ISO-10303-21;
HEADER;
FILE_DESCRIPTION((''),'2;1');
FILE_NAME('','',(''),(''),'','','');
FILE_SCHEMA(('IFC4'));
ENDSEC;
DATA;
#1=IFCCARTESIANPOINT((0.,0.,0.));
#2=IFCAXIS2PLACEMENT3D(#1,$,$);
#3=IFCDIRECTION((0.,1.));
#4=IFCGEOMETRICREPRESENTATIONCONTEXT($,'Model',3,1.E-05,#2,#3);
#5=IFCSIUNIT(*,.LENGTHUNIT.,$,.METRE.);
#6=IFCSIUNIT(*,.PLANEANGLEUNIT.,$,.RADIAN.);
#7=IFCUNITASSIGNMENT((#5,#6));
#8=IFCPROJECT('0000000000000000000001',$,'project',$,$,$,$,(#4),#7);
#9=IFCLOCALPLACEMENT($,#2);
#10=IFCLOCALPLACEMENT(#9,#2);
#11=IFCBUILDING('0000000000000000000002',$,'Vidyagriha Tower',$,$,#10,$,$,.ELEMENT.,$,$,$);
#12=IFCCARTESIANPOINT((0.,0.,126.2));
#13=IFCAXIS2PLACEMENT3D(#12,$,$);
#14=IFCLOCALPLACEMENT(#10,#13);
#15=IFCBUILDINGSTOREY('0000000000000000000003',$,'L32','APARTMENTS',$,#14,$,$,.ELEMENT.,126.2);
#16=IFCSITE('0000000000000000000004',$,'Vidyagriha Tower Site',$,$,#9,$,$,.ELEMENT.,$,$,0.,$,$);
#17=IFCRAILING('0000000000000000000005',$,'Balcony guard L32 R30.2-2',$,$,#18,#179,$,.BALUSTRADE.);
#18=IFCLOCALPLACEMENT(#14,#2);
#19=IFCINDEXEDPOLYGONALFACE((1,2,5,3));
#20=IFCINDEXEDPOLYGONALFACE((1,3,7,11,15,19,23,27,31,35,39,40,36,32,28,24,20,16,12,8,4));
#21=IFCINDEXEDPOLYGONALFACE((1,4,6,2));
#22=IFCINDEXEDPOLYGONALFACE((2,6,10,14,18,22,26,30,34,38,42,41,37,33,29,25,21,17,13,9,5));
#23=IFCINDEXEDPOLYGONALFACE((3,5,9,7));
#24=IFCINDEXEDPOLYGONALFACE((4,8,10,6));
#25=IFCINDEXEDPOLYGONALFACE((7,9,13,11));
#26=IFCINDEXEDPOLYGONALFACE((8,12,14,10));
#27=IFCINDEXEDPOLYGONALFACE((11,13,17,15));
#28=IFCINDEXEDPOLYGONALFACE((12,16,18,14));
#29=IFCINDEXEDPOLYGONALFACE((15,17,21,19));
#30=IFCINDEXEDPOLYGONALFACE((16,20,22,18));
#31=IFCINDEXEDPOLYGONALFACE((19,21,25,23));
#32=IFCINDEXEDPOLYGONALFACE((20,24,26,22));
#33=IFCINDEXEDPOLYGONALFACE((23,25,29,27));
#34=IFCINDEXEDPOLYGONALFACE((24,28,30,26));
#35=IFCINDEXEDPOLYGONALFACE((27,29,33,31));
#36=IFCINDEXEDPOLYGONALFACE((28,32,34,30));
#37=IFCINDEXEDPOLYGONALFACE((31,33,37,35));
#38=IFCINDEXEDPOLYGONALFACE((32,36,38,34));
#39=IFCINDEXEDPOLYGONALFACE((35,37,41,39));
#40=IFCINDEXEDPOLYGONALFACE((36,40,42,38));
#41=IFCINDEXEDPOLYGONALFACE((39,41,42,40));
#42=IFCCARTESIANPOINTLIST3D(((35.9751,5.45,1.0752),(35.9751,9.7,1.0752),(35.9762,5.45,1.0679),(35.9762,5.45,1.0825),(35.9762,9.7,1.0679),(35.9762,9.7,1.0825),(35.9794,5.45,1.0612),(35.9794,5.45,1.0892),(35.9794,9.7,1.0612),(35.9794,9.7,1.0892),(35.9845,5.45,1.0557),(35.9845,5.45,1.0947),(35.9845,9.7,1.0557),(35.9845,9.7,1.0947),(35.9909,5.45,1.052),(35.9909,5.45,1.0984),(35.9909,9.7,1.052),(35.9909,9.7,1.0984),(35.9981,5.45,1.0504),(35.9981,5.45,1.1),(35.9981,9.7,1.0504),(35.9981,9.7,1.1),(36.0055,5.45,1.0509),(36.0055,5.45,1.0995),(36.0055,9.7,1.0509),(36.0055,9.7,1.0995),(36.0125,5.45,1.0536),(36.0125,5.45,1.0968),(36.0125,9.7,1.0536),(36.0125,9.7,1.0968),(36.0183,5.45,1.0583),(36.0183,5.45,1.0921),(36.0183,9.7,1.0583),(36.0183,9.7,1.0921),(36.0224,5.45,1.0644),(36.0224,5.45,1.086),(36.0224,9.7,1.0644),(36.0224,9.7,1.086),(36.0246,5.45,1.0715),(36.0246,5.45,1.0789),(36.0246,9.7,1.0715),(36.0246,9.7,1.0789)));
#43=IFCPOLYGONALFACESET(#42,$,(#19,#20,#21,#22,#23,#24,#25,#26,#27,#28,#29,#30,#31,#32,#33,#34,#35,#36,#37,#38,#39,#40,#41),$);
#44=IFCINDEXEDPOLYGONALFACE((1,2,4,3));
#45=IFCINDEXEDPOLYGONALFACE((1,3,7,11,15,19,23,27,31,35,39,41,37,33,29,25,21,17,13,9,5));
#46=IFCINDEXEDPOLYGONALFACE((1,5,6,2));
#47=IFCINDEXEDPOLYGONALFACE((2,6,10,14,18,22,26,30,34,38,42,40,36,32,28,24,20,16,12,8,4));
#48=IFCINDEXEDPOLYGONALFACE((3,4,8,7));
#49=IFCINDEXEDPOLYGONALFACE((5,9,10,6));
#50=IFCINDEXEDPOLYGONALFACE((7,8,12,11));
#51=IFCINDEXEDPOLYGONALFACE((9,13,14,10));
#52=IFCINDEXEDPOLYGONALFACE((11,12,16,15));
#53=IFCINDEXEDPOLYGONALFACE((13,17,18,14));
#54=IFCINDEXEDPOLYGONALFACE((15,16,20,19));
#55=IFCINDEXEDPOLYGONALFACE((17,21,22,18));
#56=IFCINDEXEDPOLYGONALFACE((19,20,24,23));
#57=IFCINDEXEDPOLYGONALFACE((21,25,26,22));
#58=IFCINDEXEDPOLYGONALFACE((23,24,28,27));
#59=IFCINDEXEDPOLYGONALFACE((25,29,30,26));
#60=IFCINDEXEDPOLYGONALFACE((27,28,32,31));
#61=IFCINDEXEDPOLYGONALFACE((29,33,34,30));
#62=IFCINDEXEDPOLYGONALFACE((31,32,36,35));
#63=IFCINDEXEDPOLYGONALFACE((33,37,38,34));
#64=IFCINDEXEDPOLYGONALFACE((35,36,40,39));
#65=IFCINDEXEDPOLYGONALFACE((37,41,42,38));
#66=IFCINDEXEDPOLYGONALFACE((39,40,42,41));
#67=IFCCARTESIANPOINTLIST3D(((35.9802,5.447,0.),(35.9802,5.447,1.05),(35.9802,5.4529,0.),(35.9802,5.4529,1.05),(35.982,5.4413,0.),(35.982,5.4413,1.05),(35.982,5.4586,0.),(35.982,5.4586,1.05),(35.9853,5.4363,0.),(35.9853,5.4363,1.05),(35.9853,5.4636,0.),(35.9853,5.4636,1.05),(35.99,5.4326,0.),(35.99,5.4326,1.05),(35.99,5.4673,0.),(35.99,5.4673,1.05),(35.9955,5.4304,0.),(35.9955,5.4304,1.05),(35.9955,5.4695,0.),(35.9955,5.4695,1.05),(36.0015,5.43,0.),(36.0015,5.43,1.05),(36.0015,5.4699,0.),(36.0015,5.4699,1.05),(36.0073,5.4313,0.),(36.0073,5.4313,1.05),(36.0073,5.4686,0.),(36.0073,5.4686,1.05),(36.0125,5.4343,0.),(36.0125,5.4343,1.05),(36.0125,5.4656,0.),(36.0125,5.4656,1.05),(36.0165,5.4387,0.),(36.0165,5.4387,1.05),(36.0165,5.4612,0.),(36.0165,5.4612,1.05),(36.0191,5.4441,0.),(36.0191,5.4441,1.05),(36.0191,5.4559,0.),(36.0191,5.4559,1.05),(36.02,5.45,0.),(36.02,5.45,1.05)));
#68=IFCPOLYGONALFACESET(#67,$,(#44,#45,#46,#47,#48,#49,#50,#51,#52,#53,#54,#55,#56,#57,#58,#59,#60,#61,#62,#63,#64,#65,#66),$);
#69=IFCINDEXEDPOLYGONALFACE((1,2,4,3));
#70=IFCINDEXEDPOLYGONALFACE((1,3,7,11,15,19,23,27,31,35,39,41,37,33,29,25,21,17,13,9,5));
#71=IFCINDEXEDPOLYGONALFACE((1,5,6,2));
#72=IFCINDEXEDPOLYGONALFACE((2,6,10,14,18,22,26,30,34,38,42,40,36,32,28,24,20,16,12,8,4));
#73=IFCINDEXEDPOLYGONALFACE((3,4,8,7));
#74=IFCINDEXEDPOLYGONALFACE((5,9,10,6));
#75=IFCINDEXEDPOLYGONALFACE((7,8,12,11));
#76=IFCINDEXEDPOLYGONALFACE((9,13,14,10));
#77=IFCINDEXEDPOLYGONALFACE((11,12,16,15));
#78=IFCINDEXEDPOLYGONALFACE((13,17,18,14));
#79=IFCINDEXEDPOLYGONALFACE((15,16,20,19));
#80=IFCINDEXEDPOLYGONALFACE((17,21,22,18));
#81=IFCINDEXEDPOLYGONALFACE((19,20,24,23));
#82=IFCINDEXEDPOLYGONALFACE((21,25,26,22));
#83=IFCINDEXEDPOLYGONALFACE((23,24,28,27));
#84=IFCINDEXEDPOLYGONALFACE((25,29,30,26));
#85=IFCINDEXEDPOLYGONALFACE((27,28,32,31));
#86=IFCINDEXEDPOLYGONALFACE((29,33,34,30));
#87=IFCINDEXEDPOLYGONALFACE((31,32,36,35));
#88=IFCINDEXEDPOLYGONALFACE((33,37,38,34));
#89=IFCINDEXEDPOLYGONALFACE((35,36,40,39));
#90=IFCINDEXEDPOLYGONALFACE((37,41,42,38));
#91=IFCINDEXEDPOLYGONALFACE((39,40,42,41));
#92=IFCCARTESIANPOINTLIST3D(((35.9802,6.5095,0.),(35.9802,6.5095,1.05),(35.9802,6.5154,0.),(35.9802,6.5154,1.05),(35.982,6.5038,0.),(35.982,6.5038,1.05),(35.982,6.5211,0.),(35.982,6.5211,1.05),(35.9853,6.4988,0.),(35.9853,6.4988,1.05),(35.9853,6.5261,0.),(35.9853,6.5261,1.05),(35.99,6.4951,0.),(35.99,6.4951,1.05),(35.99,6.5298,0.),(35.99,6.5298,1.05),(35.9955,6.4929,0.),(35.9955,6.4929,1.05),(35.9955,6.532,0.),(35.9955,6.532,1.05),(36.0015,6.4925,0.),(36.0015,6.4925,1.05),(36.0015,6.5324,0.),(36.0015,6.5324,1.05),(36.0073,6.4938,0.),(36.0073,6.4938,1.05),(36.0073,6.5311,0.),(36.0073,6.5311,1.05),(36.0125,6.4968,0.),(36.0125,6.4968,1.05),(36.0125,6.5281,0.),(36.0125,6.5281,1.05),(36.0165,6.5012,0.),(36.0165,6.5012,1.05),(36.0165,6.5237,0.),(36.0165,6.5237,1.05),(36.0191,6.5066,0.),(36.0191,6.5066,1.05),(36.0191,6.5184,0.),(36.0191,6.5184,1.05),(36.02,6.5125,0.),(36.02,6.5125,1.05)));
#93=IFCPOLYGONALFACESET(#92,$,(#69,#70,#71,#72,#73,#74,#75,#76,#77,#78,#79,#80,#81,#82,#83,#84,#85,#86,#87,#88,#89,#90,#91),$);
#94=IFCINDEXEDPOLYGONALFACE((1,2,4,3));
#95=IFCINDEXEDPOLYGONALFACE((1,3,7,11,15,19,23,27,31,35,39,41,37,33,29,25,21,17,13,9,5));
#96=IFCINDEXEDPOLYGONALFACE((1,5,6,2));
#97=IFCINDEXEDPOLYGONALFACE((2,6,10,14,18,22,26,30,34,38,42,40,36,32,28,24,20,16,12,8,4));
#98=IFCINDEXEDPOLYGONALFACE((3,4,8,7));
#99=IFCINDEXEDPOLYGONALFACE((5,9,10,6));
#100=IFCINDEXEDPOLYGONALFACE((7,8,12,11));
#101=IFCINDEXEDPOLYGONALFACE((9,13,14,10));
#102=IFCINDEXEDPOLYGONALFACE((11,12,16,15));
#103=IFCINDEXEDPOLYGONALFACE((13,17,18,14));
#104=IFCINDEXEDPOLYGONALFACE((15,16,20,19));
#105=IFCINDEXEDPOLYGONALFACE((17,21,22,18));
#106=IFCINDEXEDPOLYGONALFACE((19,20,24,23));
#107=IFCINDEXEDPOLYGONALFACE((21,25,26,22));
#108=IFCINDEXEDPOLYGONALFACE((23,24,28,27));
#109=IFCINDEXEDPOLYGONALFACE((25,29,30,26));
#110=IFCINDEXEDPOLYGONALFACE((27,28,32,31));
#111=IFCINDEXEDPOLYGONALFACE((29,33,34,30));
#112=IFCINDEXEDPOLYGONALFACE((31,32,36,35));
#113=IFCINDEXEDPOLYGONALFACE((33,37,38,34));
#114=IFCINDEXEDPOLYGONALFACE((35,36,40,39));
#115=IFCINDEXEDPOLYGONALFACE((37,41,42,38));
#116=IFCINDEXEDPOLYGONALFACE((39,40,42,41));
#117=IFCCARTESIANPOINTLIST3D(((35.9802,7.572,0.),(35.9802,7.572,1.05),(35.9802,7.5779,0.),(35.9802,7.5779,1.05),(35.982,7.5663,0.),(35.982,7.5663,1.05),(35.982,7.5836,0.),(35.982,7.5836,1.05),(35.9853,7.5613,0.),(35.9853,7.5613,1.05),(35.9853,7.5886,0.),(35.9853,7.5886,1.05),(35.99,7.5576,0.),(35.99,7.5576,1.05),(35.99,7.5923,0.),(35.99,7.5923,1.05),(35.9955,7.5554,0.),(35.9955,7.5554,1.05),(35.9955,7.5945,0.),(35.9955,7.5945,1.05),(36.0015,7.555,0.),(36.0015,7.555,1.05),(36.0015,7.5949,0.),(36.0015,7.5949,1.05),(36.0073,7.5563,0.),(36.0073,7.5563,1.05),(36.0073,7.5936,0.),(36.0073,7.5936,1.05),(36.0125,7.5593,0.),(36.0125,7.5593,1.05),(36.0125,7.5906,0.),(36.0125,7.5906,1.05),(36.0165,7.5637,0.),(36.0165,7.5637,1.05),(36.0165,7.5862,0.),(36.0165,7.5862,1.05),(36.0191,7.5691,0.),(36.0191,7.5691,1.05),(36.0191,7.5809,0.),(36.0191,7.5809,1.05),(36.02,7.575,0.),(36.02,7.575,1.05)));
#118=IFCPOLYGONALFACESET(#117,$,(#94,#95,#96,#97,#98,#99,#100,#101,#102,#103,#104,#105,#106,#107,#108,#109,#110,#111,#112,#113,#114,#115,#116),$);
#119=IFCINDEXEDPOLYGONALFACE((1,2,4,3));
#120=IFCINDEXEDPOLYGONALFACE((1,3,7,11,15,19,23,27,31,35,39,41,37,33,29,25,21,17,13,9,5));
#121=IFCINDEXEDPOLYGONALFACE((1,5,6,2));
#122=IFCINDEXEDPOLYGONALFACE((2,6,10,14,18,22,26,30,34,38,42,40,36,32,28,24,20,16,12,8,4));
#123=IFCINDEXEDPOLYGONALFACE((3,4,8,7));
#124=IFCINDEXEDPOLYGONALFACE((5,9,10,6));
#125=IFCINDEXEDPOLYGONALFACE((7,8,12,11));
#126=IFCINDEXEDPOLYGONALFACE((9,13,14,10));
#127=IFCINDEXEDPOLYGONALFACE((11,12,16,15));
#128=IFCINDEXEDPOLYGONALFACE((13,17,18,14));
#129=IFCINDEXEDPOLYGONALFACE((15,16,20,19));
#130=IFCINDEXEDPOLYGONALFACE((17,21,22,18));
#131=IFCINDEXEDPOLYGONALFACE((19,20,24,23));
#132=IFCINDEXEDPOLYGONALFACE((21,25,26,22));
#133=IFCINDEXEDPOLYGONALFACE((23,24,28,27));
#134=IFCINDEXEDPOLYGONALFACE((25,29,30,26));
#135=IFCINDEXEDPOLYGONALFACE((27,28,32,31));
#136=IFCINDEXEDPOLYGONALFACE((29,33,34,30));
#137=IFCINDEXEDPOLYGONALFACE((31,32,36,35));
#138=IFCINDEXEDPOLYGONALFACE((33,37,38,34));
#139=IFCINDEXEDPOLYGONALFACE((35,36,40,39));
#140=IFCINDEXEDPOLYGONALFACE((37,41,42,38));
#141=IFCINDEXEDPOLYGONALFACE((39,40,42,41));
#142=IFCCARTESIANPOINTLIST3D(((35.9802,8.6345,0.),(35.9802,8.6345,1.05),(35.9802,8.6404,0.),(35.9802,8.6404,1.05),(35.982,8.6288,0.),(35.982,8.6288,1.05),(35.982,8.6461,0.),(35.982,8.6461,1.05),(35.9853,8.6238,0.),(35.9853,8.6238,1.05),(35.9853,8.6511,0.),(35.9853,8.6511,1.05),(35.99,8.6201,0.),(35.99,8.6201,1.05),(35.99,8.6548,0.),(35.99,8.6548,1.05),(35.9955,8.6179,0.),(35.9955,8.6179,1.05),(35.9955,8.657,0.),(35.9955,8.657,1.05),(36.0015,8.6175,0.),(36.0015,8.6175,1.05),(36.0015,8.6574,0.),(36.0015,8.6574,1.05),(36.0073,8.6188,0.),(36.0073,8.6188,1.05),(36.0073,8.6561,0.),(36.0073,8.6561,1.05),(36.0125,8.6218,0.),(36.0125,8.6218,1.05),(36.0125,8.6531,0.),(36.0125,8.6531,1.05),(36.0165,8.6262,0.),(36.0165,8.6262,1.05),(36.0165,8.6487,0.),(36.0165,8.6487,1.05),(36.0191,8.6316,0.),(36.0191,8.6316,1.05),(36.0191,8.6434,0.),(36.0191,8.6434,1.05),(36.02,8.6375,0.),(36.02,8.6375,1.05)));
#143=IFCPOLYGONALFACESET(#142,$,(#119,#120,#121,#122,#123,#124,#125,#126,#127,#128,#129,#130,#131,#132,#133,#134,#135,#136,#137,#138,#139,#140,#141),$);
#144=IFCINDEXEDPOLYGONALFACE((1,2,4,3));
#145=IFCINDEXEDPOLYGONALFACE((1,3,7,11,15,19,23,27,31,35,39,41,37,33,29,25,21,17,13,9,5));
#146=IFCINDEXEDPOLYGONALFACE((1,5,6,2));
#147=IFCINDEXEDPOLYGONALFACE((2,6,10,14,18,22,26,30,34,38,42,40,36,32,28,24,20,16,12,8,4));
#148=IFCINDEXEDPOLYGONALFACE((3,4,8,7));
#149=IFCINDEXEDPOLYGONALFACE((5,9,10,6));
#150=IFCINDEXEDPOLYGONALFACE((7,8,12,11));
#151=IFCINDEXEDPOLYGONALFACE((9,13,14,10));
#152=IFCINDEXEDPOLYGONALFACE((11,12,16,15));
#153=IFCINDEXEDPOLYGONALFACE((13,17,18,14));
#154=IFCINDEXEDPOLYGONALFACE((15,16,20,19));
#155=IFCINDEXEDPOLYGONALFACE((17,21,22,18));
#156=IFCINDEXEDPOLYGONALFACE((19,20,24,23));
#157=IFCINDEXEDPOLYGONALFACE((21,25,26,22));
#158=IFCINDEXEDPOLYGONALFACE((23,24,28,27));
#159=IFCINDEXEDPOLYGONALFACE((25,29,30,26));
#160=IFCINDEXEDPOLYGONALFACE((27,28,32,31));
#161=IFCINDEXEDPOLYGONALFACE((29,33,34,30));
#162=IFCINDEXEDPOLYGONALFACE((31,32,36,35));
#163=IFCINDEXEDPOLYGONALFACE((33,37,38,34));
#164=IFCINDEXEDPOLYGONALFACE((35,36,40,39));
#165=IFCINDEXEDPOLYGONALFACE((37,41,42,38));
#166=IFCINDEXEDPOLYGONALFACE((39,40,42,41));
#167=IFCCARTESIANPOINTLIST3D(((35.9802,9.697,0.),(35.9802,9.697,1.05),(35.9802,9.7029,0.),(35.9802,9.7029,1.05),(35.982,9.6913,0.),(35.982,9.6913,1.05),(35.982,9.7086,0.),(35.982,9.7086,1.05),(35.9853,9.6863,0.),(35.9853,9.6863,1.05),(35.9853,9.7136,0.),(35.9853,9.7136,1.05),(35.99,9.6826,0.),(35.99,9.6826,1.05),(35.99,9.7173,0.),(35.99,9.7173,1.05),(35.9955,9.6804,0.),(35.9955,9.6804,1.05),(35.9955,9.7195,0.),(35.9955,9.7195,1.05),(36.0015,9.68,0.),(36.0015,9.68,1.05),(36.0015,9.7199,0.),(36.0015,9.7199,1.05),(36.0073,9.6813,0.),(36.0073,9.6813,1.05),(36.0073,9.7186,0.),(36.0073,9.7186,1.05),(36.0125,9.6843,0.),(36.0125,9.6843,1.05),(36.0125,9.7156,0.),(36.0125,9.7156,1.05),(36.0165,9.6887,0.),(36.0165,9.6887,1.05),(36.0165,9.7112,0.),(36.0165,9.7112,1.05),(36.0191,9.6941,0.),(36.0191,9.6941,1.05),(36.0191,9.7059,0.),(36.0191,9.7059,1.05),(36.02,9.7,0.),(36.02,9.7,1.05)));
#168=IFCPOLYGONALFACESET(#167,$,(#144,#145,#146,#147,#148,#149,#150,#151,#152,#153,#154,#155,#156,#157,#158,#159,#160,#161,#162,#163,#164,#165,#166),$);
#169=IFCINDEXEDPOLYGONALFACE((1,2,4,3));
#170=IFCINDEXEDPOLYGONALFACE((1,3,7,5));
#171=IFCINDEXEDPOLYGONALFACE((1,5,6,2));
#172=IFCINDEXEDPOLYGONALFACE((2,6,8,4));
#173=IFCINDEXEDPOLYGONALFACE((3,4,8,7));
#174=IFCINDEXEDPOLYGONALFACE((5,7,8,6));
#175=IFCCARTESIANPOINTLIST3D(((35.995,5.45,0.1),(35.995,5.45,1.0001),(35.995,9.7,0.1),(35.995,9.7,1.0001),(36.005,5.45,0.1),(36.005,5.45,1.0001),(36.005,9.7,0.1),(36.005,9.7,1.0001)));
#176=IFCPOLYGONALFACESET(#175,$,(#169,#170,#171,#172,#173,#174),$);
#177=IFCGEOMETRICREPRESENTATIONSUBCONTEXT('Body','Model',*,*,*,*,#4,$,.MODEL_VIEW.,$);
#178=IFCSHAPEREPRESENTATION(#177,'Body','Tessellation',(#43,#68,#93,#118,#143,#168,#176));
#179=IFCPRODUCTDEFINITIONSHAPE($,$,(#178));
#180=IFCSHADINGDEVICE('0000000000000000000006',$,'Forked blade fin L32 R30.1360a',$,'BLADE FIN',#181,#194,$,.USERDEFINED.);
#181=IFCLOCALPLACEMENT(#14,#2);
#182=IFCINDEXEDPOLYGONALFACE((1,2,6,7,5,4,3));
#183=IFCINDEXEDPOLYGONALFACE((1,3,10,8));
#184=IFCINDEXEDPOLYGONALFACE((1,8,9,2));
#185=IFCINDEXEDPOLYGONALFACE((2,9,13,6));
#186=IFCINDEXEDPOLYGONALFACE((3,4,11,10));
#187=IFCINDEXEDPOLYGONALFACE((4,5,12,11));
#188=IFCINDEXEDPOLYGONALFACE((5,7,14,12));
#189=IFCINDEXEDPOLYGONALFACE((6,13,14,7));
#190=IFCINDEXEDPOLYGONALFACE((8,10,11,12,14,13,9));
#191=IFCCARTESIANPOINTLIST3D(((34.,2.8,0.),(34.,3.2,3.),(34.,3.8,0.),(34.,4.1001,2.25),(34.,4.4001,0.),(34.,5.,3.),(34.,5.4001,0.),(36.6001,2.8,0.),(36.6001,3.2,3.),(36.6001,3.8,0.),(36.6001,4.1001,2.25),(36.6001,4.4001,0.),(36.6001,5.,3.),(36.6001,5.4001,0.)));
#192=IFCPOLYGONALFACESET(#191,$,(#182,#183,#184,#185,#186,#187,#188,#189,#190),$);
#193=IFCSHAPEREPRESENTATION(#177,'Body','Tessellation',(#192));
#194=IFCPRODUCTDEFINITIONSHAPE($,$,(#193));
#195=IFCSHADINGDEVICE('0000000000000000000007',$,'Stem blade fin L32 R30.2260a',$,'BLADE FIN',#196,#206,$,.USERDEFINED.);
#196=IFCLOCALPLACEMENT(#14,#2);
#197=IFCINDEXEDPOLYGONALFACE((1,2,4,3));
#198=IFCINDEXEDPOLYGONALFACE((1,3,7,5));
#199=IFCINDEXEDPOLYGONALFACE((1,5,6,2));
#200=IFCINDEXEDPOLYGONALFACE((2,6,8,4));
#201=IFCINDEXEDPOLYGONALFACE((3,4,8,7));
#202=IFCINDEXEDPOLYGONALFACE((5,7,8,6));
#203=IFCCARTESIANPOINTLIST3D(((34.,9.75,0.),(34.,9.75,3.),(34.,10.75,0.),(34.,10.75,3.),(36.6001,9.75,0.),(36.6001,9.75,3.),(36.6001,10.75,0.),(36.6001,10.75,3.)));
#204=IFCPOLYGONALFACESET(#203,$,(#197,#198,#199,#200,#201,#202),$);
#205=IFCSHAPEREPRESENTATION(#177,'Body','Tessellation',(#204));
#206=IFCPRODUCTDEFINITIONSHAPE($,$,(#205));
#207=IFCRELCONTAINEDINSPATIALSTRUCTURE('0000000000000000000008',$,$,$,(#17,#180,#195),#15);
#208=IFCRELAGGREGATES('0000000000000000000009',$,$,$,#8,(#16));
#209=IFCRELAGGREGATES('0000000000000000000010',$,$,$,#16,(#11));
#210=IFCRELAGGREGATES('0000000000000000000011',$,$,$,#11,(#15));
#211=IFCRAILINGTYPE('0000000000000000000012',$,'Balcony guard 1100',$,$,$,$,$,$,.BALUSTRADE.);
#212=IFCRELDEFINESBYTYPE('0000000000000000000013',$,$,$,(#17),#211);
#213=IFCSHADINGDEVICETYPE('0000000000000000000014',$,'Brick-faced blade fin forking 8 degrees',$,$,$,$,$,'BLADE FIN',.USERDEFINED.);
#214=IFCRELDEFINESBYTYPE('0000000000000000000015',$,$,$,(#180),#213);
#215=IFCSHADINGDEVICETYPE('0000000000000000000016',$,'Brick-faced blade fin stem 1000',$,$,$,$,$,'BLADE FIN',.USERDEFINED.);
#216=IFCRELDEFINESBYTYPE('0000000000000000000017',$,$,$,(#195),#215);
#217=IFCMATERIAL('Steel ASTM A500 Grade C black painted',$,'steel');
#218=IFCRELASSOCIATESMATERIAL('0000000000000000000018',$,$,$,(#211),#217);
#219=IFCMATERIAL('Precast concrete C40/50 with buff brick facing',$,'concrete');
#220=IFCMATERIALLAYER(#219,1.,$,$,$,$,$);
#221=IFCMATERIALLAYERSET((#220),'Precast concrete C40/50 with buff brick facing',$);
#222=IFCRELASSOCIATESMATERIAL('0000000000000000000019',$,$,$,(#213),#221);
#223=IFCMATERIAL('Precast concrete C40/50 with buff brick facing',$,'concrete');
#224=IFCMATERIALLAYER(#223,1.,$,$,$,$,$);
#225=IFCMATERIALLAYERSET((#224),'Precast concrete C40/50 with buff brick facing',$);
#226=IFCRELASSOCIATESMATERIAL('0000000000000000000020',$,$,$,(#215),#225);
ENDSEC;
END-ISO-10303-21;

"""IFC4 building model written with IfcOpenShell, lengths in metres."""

from ifc_helpers import new_model, si_unit, direction, frame, origin, origin_2d, place, context, subcontext, project, spatial, polyline, rectangle, circle, outline, extrude, material, layer, layer_set, type_object, element, save


model = new_model("IFC4")

# Units and contexts
model_context = context("Model", 3, precision=1e-05, world=origin(), true_north=direction((0.0, 1.0)))
body_context = subcontext(model_context, "Body", "Model", "MODEL_VIEW")
ifc_project = project(units=[si_unit("LENGTHUNIT", "METRE"), si_unit("PLANEANGLEUNIT", "RADIAN")], contexts=[model_context])

# Site, building, storey
site_placement = place(None, origin())
site = spatial("IfcSite", under=ifc_project, at=site_placement, Name="Vidyagriha Tower Site", CompositionType="ELEMENT", RefElevation=0.0)
building_placement = place(site_placement, origin())
building = spatial("IfcBuilding", under=site, at=building_placement, Name="Vidyagriha Tower", CompositionType="ELEMENT")
storey_placement = place(building_placement, frame((0.0, 0.0, 126.2)))
storey = spatial("IfcBuildingStorey", under=building, at=storey_placement, Name="L32", Description="APARTMENTS", CompositionType="ELEMENT", Elevation=126.2)

# Railing
ifc_material_1 = material(Name="Steel ASTM A500 Grade C black painted", Category="steel")
railing_type_1 = type_object("IfcRailingType", Name="Balcony guard 1100", PredefinedType="BALUSTRADE", material=ifc_material_1)
railing_1_placement = place(storey_placement, frame((36.0, 5.45, 0.0)))
element("IfcRailing", 1, at=railing_1_placement, inside=storey, type_object=railing_type_1, Name="Balcony guard L32 R30.2-2", PredefinedType="BALUSTRADE", context=body_context, shape_type="SweptSolid", body=[
    extrude(circle(Radius=0.0249, at=origin_2d()), frame((0.0, 0.0, 1.0752), z_axis=(0.0, 1.0, 0.0), x_axis=(-1.0, 0.0, 0.0)), (0.0, 0.0, 1.0), 4.25),
    extrude(circle(Radius=0.02, at=origin_2d()), origin(), (0.0, 0.0, 1.0), 1.05),
    extrude(circle(Radius=0.02, at=origin_2d()), frame((0.0, 1.0625, 0.0)), (0.0, 0.0, 1.0), 1.05),
    extrude(circle(Radius=0.02, at=origin_2d()), frame((0.0, 2.125, 0.0)), (0.0, 0.0, 1.0), 1.05),
    extrude(circle(Radius=0.02, at=origin_2d()), frame((0.0, 3.1875, 0.0)), (0.0, 0.0, 1.0), 1.05),
    extrude(circle(Radius=0.02, at=origin_2d()), frame((0.0, 4.25, 0.0)), (0.0, 0.0, 1.0), 1.05),
    extrude(rectangle(XDim=0.01, YDim=0.9001, at=origin_2d()), frame((0.0, 0.0, 0.55), z_axis=(0.0, 1.0, 0.0), x_axis=(-1.0, 0.0, 0.0)), (0.0, 0.0, 1.0), 4.25),
])

# Shading devices
ifc_material_2 = material(Name="Precast concrete C40/50 with buff brick facing", Category="concrete")
ifc_layer_1 = layer(ifc_material_2, 1.0)
ifc_layer_set_1 = layer_set([ifc_layer_1], Name="Precast concrete C40/50 with buff brick facing")
shading_device_type_1 = type_object("IfcShadingDeviceType", Name="Brick-faced blade fin forking 8 degrees", ElementType="BLADE FIN", PredefinedType="USERDEFINED", material=ifc_layer_set_1)
shading_device_1_placement = place(storey_placement, frame((35.3, 2.8, 0.0), z_axis=(0.0, 0.0, 1.0), x_axis=(0.0, 1.0, 0.0)))
element("IfcShadingDevice", 2, at=shading_device_1_placement, inside=storey, type_object=shading_device_type_1, Name="Forked blade fin L32 R30.1360a", ObjectType="BLADE FIN", PredefinedType="USERDEFINED", context=body_context, shape_type="SweptSolid", body=[
    extrude(outline(polyline([(1.0, 0.0), (1.3, 2.25), (1.6001, 0.0), (2.6001, 0.0), (2.2, 3.0), (0.3999, 3.0), (0.0, 0.0), (1.0, 0.0)])), frame((0.0, 1.3, 0.0), z_axis=(0.0, -1.0, 0.0), x_axis=(1.0, 0.0, 0.0)), (0.0, 0.0, 1.0), 2.6001),
])
ifc_material_3 = material(Name="Precast concrete C40/50 with buff brick facing", Category="concrete")
ifc_layer_2 = layer(ifc_material_3, 1.0)
ifc_layer_set_2 = layer_set([ifc_layer_2], Name="Precast concrete C40/50 with buff brick facing")
shading_device_type_2 = type_object("IfcShadingDeviceType", Name="Brick-faced blade fin stem 1000", ElementType="BLADE FIN", PredefinedType="USERDEFINED", material=ifc_layer_set_2)
shading_device_2_placement = place(storey_placement, frame((35.3, 9.75, 0.0), z_axis=(0.0, 0.0, 1.0), x_axis=(0.0, 1.0, 0.0)))
element("IfcShadingDevice", 3, at=shading_device_2_placement, inside=storey, type_object=shading_device_type_2, Name="Stem blade fin L32 R30.2260a", ObjectType="BLADE FIN", PredefinedType="USERDEFINED", context=body_context, shape_type="SweptSolid", body=[
    extrude(outline(polyline([(0.0, 0.0), (1.0, 0.0), (1.0, 3.0), (0.0, 3.0), (0.0, 0.0)])), frame((0.0, 1.3, 0.0), z_axis=(0.0, -1.0, 0.0), x_axis=(1.0, 0.0, 0.0)), (0.0, 0.0, 1.0), 2.6001),
])

save(model, "model.ifc")
